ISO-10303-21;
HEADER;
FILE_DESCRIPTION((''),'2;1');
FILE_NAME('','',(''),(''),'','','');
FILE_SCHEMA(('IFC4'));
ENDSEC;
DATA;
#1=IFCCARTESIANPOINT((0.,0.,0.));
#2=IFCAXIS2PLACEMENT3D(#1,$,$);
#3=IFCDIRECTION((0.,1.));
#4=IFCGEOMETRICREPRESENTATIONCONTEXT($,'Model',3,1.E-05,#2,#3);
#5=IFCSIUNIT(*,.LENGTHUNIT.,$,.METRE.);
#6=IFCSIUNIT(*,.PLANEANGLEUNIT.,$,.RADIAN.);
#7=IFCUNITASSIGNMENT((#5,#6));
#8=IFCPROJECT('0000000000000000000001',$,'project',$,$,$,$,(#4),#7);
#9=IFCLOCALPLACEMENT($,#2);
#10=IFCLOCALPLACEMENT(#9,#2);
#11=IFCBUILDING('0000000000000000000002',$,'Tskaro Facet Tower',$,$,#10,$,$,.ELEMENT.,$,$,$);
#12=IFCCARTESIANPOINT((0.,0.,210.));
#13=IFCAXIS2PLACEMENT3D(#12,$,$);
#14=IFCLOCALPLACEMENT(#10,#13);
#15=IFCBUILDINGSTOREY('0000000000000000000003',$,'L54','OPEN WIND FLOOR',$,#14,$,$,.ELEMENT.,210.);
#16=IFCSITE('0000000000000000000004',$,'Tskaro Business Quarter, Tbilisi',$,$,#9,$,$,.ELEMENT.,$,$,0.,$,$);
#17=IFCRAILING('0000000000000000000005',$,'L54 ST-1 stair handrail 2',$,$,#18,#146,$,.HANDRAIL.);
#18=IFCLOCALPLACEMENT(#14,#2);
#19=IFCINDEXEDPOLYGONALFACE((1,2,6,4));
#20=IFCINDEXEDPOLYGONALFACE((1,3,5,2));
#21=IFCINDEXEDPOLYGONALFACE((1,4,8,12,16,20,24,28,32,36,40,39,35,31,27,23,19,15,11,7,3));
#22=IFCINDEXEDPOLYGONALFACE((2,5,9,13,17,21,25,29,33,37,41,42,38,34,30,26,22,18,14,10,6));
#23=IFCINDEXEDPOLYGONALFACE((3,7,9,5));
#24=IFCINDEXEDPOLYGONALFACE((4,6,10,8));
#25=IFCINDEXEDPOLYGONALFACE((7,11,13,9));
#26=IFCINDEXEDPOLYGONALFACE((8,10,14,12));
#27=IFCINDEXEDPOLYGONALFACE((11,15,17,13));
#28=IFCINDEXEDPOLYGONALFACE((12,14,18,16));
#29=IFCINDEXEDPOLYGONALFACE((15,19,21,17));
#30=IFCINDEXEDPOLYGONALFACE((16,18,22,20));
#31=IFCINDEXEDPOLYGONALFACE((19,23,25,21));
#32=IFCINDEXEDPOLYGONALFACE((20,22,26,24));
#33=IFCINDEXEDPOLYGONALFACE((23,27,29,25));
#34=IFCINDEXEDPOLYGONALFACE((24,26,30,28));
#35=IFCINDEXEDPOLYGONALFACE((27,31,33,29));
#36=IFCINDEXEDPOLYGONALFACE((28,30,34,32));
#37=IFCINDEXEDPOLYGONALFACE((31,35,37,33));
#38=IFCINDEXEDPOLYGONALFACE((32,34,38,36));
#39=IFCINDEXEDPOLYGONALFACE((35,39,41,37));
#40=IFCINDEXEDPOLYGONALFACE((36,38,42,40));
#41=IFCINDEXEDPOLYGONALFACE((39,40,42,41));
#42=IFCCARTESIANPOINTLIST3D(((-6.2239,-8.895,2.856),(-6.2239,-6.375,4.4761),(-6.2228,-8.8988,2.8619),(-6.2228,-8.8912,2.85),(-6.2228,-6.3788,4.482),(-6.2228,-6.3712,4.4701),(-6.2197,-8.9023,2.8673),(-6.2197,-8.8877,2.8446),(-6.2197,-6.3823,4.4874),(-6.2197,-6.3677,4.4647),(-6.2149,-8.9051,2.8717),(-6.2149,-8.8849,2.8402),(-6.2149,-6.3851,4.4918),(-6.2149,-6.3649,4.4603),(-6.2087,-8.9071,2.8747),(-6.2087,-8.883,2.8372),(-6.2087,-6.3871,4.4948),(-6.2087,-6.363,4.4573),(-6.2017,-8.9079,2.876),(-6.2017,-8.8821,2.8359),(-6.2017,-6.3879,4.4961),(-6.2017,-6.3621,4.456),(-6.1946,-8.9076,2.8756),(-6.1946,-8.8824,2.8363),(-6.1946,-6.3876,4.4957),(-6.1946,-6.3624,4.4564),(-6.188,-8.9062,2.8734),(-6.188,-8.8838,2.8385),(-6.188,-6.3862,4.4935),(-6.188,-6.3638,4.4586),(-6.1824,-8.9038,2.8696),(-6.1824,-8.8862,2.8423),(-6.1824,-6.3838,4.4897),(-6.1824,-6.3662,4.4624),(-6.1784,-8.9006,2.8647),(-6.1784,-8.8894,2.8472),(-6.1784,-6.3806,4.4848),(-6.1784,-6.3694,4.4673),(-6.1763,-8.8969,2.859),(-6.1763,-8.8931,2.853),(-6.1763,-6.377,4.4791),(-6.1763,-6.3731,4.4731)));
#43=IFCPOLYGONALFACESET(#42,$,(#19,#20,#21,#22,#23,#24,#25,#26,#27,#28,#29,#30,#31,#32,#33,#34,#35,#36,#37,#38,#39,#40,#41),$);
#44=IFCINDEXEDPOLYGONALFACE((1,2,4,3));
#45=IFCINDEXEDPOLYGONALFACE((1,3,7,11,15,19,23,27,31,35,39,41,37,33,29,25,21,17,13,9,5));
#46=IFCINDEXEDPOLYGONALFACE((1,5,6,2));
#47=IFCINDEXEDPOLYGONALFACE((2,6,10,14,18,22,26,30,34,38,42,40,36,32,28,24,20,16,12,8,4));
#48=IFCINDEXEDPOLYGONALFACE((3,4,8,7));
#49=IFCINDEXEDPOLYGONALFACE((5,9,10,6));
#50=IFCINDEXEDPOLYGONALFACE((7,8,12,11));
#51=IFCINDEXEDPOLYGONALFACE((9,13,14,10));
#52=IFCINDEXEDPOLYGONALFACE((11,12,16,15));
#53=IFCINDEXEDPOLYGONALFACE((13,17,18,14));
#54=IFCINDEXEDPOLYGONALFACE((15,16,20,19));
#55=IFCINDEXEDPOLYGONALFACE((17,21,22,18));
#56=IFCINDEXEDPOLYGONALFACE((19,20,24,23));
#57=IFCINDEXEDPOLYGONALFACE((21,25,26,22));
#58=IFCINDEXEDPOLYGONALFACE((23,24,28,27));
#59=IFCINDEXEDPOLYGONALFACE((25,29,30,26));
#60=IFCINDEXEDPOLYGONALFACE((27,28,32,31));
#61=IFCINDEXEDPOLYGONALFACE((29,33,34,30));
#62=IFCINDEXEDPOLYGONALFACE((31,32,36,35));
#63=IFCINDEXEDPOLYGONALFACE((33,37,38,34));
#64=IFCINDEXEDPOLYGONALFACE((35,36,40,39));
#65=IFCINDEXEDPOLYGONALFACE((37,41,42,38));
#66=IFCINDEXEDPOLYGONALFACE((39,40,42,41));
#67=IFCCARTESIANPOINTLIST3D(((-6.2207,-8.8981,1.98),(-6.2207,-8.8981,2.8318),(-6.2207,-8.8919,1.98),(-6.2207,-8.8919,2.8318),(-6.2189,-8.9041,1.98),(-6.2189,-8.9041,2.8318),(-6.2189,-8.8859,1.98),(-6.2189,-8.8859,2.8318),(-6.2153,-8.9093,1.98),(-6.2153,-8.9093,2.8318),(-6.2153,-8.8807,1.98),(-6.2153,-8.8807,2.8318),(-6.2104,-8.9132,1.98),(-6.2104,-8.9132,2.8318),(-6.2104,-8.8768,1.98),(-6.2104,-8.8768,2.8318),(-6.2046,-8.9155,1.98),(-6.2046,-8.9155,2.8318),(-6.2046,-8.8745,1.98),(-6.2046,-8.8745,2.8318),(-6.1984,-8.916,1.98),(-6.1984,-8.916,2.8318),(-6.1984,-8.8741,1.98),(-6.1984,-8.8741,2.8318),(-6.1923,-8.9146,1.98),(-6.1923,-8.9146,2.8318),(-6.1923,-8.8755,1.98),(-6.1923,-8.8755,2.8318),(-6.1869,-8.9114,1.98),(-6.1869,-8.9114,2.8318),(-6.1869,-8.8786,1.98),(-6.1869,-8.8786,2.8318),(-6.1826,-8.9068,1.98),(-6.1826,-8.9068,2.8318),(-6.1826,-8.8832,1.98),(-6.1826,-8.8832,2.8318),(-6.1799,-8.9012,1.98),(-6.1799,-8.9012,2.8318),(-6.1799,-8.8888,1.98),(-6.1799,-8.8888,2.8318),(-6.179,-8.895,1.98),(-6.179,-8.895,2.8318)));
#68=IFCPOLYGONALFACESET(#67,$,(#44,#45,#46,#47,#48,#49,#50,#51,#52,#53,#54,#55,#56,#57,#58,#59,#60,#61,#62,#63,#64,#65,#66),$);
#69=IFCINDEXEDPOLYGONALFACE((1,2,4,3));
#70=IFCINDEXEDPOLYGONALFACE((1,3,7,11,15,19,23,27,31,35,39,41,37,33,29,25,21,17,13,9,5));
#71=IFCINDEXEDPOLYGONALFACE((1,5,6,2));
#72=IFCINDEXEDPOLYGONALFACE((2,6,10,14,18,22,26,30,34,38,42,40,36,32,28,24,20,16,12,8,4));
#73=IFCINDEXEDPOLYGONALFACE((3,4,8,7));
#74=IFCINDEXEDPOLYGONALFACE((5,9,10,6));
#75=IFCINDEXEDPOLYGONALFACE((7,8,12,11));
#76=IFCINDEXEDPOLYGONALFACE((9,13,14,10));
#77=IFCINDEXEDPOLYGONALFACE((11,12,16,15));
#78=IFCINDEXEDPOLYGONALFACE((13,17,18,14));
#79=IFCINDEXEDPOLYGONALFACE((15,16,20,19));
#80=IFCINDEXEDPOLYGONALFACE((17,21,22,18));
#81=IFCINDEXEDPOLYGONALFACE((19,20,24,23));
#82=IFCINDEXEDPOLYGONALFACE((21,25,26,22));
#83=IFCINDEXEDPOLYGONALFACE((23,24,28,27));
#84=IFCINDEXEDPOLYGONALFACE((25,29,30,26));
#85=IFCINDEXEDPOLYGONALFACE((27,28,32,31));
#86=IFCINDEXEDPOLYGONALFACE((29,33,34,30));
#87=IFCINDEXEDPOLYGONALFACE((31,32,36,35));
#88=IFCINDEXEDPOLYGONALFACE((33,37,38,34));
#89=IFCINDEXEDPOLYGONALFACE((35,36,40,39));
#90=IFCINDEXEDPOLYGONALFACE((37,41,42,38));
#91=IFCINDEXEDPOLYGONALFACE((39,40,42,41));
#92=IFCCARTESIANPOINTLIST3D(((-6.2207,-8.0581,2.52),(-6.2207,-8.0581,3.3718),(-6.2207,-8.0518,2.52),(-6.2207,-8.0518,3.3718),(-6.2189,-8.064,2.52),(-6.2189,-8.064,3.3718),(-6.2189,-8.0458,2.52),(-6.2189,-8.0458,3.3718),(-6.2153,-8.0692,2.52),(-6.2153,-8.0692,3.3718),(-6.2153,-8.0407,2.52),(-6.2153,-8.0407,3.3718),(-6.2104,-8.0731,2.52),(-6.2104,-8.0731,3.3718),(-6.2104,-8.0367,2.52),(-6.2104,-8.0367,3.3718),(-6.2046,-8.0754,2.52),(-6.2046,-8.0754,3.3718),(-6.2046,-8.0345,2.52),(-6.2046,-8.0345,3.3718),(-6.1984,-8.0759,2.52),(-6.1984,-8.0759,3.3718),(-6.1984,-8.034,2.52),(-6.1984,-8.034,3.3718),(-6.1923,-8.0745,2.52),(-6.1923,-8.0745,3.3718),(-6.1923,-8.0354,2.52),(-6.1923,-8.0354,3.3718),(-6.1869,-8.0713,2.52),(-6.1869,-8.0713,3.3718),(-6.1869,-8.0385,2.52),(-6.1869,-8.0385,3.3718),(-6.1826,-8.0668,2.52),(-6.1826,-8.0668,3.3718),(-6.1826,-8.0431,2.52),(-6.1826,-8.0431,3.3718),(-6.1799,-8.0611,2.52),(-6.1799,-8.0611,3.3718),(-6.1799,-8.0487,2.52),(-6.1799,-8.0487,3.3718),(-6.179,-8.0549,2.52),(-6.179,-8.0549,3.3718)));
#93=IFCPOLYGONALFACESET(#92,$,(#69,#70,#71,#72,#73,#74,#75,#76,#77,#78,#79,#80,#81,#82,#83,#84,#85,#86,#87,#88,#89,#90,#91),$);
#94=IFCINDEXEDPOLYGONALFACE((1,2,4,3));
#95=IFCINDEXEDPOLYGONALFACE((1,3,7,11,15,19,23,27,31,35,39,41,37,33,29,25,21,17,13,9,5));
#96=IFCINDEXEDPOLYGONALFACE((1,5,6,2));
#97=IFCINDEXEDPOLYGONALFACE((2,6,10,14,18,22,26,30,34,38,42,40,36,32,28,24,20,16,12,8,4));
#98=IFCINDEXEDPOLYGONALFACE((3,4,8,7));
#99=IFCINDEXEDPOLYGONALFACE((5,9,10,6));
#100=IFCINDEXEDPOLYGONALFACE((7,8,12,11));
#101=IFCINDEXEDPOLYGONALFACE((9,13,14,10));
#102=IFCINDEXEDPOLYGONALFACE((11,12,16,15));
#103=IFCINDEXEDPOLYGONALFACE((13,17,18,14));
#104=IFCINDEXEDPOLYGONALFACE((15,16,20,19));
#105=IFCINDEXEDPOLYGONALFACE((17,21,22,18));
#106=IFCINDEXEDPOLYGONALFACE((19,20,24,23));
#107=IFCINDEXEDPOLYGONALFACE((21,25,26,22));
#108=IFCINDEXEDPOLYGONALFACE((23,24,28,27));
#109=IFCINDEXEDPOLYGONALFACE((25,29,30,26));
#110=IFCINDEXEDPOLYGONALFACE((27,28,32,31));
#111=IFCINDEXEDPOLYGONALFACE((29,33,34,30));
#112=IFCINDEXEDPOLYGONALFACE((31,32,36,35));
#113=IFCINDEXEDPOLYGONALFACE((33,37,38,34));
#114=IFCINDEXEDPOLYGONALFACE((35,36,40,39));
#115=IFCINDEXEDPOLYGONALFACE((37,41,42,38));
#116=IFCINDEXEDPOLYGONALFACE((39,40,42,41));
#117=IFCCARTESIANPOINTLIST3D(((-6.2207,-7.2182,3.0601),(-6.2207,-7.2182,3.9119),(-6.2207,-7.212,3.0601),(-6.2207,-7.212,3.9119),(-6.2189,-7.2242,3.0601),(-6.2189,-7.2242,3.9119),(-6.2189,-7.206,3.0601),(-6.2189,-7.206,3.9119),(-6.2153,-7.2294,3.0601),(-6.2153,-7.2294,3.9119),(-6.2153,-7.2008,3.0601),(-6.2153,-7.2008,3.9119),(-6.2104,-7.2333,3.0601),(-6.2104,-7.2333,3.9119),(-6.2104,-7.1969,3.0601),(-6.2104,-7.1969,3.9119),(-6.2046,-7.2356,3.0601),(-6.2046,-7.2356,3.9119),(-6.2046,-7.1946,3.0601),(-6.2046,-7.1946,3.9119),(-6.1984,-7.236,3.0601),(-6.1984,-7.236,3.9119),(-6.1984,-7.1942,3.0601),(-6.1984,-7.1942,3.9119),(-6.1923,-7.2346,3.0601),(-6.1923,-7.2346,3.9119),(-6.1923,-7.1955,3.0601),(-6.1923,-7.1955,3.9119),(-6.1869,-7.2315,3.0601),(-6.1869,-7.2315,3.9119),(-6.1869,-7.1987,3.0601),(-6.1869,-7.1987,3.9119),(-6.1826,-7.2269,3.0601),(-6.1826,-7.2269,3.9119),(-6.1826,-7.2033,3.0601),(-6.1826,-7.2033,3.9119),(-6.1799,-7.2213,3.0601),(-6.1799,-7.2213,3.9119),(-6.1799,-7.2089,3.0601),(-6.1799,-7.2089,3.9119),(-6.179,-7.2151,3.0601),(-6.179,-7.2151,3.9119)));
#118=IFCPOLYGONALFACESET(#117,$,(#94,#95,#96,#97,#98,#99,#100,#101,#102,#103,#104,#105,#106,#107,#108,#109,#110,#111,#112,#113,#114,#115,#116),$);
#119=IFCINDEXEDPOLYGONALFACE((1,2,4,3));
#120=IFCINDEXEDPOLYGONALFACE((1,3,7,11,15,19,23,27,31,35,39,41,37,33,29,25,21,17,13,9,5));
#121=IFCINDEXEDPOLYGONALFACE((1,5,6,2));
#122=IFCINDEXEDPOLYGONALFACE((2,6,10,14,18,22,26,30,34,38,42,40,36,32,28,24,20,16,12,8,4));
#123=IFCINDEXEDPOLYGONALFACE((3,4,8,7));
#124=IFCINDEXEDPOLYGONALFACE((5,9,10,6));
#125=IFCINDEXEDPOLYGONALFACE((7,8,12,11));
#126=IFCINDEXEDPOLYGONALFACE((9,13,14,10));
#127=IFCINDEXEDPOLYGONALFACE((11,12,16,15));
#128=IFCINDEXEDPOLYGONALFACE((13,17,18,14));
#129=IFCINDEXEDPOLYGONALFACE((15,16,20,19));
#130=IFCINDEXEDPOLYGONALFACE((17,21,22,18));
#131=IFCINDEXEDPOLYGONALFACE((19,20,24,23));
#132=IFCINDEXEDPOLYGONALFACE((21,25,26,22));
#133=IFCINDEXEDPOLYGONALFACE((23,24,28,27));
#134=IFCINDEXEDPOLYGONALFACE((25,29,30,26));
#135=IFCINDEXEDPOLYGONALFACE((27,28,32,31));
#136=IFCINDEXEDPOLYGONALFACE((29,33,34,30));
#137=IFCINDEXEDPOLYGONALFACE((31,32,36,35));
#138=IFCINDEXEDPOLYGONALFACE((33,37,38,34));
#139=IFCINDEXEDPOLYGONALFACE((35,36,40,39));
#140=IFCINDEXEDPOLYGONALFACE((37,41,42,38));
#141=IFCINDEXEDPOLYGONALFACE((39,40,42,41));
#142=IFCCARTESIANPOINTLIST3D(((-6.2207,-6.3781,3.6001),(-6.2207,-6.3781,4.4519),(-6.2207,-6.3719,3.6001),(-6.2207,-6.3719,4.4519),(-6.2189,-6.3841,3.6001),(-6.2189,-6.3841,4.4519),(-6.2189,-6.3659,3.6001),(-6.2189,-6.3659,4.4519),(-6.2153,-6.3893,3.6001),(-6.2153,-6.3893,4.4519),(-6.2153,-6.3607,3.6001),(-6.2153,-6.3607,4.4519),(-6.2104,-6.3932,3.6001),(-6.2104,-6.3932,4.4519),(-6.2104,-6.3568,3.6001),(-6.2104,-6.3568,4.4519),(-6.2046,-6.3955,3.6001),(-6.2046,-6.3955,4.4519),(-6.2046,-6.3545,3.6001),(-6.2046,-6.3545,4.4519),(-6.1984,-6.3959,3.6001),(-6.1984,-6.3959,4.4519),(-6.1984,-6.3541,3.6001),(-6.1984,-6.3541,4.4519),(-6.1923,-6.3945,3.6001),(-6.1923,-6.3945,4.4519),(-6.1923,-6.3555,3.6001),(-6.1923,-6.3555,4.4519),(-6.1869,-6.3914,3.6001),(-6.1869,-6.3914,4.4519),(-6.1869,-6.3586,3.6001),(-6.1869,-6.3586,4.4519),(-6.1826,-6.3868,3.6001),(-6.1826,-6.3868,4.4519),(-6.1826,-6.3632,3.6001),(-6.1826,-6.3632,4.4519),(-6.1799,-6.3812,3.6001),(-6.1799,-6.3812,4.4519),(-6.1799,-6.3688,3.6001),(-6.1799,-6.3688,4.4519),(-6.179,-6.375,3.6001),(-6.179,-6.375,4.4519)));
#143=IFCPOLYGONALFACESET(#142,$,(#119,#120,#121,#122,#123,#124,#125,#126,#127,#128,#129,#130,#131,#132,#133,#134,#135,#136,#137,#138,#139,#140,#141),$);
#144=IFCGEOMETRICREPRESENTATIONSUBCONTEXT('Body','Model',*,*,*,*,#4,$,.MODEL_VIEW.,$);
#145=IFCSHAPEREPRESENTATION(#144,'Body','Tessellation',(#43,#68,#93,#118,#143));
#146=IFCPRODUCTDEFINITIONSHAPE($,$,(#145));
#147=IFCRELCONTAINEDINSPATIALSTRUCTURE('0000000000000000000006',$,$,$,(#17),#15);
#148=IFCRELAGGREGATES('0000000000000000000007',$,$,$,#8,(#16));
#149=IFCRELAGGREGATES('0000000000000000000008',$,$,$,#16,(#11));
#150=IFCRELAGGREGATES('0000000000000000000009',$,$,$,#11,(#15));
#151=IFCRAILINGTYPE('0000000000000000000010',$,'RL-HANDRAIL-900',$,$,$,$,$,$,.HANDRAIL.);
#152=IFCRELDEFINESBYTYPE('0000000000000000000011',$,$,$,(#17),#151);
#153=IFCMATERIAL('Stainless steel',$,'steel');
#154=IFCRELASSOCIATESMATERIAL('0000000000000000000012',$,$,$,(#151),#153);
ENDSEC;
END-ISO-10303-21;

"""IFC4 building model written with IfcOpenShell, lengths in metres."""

from ifc_helpers import new_model, si_unit, direction, frame, origin, origin_2d, place, context, subcontext, project, spatial, circle, extrude, material, type_object, element, save


model = new_model("IFC4")

# Units and contexts
model_context = context("Model", 3, precision=1e-05, world=origin(), true_north=direction((0.0, 1.0)))
body_context = subcontext(model_context, "Body", "Model", "MODEL_VIEW")
ifc_project = project(units=[si_unit("LENGTHUNIT", "METRE"), si_unit("PLANEANGLEUNIT", "RADIAN")], contexts=[model_context])

# Site, building, storey
site_placement = place(None, origin())
site = spatial("IfcSite", under=ifc_project, at=site_placement, Name="Tskaro Business Quarter, Tbilisi", CompositionType="ELEMENT", RefElevation=0.0)
building_placement = place(site_placement, origin())
building = spatial("IfcBuilding", under=site, at=building_placement, Name="Tskaro Facet Tower", CompositionType="ELEMENT")
storey_placement = place(building_placement, frame((0.0, 0.0, 210.0)))
storey = spatial("IfcBuildingStorey", under=building, at=storey_placement, Name="L54", Description="OPEN WIND FLOOR", CompositionType="ELEMENT", Elevation=210.0)

# Shared definitions
ifc_material_1 = material(Name="Stainless steel", Category="steel")

# Railing
railing_type_1 = type_object("IfcRailingType", Name="RL-HANDRAIL-900", PredefinedType="HANDRAIL", material=ifc_material_1)
railing_1_placement = place(storey_placement, frame((-6.2, -8.895, 1.98)))
element("IfcRailing", 1, at=railing_1_placement, inside=storey, type_object=railing_type_1, Name="L54 ST-1 stair handrail 2", PredefinedType="HANDRAIL", context=body_context, shape_type="SweptSolid", body=[
    extrude(circle(Radius=0.0239, at=origin_2d()), frame((0.0, 0.0, 0.876), z_axis=(0.0, 0.841163, 0.540782), x_axis=(-1.0, 0.0, 0.0)), (0.0, 0.0, 1.0), 2.9958),
    extrude(circle(Radius=0.021, at=origin_2d()), origin(), (0.0, 0.0, 1.0), 0.8518),
    extrude(circle(Radius=0.021, at=origin_2d()), frame((0.0, 0.8401, 0.54)), (0.0, 0.0, 1.0), 0.8518),
    extrude(circle(Radius=0.021, at=origin_2d()), frame((0.0, 1.6799, 1.0801)), (0.0, 0.0, 1.0), 0.8518),
    extrude(circle(Radius=0.021, at=origin_2d()), frame((0.0, 2.52, 1.6201)), (0.0, 0.0, 1.0), 0.8518),
])

save(model, "model.ifc")
